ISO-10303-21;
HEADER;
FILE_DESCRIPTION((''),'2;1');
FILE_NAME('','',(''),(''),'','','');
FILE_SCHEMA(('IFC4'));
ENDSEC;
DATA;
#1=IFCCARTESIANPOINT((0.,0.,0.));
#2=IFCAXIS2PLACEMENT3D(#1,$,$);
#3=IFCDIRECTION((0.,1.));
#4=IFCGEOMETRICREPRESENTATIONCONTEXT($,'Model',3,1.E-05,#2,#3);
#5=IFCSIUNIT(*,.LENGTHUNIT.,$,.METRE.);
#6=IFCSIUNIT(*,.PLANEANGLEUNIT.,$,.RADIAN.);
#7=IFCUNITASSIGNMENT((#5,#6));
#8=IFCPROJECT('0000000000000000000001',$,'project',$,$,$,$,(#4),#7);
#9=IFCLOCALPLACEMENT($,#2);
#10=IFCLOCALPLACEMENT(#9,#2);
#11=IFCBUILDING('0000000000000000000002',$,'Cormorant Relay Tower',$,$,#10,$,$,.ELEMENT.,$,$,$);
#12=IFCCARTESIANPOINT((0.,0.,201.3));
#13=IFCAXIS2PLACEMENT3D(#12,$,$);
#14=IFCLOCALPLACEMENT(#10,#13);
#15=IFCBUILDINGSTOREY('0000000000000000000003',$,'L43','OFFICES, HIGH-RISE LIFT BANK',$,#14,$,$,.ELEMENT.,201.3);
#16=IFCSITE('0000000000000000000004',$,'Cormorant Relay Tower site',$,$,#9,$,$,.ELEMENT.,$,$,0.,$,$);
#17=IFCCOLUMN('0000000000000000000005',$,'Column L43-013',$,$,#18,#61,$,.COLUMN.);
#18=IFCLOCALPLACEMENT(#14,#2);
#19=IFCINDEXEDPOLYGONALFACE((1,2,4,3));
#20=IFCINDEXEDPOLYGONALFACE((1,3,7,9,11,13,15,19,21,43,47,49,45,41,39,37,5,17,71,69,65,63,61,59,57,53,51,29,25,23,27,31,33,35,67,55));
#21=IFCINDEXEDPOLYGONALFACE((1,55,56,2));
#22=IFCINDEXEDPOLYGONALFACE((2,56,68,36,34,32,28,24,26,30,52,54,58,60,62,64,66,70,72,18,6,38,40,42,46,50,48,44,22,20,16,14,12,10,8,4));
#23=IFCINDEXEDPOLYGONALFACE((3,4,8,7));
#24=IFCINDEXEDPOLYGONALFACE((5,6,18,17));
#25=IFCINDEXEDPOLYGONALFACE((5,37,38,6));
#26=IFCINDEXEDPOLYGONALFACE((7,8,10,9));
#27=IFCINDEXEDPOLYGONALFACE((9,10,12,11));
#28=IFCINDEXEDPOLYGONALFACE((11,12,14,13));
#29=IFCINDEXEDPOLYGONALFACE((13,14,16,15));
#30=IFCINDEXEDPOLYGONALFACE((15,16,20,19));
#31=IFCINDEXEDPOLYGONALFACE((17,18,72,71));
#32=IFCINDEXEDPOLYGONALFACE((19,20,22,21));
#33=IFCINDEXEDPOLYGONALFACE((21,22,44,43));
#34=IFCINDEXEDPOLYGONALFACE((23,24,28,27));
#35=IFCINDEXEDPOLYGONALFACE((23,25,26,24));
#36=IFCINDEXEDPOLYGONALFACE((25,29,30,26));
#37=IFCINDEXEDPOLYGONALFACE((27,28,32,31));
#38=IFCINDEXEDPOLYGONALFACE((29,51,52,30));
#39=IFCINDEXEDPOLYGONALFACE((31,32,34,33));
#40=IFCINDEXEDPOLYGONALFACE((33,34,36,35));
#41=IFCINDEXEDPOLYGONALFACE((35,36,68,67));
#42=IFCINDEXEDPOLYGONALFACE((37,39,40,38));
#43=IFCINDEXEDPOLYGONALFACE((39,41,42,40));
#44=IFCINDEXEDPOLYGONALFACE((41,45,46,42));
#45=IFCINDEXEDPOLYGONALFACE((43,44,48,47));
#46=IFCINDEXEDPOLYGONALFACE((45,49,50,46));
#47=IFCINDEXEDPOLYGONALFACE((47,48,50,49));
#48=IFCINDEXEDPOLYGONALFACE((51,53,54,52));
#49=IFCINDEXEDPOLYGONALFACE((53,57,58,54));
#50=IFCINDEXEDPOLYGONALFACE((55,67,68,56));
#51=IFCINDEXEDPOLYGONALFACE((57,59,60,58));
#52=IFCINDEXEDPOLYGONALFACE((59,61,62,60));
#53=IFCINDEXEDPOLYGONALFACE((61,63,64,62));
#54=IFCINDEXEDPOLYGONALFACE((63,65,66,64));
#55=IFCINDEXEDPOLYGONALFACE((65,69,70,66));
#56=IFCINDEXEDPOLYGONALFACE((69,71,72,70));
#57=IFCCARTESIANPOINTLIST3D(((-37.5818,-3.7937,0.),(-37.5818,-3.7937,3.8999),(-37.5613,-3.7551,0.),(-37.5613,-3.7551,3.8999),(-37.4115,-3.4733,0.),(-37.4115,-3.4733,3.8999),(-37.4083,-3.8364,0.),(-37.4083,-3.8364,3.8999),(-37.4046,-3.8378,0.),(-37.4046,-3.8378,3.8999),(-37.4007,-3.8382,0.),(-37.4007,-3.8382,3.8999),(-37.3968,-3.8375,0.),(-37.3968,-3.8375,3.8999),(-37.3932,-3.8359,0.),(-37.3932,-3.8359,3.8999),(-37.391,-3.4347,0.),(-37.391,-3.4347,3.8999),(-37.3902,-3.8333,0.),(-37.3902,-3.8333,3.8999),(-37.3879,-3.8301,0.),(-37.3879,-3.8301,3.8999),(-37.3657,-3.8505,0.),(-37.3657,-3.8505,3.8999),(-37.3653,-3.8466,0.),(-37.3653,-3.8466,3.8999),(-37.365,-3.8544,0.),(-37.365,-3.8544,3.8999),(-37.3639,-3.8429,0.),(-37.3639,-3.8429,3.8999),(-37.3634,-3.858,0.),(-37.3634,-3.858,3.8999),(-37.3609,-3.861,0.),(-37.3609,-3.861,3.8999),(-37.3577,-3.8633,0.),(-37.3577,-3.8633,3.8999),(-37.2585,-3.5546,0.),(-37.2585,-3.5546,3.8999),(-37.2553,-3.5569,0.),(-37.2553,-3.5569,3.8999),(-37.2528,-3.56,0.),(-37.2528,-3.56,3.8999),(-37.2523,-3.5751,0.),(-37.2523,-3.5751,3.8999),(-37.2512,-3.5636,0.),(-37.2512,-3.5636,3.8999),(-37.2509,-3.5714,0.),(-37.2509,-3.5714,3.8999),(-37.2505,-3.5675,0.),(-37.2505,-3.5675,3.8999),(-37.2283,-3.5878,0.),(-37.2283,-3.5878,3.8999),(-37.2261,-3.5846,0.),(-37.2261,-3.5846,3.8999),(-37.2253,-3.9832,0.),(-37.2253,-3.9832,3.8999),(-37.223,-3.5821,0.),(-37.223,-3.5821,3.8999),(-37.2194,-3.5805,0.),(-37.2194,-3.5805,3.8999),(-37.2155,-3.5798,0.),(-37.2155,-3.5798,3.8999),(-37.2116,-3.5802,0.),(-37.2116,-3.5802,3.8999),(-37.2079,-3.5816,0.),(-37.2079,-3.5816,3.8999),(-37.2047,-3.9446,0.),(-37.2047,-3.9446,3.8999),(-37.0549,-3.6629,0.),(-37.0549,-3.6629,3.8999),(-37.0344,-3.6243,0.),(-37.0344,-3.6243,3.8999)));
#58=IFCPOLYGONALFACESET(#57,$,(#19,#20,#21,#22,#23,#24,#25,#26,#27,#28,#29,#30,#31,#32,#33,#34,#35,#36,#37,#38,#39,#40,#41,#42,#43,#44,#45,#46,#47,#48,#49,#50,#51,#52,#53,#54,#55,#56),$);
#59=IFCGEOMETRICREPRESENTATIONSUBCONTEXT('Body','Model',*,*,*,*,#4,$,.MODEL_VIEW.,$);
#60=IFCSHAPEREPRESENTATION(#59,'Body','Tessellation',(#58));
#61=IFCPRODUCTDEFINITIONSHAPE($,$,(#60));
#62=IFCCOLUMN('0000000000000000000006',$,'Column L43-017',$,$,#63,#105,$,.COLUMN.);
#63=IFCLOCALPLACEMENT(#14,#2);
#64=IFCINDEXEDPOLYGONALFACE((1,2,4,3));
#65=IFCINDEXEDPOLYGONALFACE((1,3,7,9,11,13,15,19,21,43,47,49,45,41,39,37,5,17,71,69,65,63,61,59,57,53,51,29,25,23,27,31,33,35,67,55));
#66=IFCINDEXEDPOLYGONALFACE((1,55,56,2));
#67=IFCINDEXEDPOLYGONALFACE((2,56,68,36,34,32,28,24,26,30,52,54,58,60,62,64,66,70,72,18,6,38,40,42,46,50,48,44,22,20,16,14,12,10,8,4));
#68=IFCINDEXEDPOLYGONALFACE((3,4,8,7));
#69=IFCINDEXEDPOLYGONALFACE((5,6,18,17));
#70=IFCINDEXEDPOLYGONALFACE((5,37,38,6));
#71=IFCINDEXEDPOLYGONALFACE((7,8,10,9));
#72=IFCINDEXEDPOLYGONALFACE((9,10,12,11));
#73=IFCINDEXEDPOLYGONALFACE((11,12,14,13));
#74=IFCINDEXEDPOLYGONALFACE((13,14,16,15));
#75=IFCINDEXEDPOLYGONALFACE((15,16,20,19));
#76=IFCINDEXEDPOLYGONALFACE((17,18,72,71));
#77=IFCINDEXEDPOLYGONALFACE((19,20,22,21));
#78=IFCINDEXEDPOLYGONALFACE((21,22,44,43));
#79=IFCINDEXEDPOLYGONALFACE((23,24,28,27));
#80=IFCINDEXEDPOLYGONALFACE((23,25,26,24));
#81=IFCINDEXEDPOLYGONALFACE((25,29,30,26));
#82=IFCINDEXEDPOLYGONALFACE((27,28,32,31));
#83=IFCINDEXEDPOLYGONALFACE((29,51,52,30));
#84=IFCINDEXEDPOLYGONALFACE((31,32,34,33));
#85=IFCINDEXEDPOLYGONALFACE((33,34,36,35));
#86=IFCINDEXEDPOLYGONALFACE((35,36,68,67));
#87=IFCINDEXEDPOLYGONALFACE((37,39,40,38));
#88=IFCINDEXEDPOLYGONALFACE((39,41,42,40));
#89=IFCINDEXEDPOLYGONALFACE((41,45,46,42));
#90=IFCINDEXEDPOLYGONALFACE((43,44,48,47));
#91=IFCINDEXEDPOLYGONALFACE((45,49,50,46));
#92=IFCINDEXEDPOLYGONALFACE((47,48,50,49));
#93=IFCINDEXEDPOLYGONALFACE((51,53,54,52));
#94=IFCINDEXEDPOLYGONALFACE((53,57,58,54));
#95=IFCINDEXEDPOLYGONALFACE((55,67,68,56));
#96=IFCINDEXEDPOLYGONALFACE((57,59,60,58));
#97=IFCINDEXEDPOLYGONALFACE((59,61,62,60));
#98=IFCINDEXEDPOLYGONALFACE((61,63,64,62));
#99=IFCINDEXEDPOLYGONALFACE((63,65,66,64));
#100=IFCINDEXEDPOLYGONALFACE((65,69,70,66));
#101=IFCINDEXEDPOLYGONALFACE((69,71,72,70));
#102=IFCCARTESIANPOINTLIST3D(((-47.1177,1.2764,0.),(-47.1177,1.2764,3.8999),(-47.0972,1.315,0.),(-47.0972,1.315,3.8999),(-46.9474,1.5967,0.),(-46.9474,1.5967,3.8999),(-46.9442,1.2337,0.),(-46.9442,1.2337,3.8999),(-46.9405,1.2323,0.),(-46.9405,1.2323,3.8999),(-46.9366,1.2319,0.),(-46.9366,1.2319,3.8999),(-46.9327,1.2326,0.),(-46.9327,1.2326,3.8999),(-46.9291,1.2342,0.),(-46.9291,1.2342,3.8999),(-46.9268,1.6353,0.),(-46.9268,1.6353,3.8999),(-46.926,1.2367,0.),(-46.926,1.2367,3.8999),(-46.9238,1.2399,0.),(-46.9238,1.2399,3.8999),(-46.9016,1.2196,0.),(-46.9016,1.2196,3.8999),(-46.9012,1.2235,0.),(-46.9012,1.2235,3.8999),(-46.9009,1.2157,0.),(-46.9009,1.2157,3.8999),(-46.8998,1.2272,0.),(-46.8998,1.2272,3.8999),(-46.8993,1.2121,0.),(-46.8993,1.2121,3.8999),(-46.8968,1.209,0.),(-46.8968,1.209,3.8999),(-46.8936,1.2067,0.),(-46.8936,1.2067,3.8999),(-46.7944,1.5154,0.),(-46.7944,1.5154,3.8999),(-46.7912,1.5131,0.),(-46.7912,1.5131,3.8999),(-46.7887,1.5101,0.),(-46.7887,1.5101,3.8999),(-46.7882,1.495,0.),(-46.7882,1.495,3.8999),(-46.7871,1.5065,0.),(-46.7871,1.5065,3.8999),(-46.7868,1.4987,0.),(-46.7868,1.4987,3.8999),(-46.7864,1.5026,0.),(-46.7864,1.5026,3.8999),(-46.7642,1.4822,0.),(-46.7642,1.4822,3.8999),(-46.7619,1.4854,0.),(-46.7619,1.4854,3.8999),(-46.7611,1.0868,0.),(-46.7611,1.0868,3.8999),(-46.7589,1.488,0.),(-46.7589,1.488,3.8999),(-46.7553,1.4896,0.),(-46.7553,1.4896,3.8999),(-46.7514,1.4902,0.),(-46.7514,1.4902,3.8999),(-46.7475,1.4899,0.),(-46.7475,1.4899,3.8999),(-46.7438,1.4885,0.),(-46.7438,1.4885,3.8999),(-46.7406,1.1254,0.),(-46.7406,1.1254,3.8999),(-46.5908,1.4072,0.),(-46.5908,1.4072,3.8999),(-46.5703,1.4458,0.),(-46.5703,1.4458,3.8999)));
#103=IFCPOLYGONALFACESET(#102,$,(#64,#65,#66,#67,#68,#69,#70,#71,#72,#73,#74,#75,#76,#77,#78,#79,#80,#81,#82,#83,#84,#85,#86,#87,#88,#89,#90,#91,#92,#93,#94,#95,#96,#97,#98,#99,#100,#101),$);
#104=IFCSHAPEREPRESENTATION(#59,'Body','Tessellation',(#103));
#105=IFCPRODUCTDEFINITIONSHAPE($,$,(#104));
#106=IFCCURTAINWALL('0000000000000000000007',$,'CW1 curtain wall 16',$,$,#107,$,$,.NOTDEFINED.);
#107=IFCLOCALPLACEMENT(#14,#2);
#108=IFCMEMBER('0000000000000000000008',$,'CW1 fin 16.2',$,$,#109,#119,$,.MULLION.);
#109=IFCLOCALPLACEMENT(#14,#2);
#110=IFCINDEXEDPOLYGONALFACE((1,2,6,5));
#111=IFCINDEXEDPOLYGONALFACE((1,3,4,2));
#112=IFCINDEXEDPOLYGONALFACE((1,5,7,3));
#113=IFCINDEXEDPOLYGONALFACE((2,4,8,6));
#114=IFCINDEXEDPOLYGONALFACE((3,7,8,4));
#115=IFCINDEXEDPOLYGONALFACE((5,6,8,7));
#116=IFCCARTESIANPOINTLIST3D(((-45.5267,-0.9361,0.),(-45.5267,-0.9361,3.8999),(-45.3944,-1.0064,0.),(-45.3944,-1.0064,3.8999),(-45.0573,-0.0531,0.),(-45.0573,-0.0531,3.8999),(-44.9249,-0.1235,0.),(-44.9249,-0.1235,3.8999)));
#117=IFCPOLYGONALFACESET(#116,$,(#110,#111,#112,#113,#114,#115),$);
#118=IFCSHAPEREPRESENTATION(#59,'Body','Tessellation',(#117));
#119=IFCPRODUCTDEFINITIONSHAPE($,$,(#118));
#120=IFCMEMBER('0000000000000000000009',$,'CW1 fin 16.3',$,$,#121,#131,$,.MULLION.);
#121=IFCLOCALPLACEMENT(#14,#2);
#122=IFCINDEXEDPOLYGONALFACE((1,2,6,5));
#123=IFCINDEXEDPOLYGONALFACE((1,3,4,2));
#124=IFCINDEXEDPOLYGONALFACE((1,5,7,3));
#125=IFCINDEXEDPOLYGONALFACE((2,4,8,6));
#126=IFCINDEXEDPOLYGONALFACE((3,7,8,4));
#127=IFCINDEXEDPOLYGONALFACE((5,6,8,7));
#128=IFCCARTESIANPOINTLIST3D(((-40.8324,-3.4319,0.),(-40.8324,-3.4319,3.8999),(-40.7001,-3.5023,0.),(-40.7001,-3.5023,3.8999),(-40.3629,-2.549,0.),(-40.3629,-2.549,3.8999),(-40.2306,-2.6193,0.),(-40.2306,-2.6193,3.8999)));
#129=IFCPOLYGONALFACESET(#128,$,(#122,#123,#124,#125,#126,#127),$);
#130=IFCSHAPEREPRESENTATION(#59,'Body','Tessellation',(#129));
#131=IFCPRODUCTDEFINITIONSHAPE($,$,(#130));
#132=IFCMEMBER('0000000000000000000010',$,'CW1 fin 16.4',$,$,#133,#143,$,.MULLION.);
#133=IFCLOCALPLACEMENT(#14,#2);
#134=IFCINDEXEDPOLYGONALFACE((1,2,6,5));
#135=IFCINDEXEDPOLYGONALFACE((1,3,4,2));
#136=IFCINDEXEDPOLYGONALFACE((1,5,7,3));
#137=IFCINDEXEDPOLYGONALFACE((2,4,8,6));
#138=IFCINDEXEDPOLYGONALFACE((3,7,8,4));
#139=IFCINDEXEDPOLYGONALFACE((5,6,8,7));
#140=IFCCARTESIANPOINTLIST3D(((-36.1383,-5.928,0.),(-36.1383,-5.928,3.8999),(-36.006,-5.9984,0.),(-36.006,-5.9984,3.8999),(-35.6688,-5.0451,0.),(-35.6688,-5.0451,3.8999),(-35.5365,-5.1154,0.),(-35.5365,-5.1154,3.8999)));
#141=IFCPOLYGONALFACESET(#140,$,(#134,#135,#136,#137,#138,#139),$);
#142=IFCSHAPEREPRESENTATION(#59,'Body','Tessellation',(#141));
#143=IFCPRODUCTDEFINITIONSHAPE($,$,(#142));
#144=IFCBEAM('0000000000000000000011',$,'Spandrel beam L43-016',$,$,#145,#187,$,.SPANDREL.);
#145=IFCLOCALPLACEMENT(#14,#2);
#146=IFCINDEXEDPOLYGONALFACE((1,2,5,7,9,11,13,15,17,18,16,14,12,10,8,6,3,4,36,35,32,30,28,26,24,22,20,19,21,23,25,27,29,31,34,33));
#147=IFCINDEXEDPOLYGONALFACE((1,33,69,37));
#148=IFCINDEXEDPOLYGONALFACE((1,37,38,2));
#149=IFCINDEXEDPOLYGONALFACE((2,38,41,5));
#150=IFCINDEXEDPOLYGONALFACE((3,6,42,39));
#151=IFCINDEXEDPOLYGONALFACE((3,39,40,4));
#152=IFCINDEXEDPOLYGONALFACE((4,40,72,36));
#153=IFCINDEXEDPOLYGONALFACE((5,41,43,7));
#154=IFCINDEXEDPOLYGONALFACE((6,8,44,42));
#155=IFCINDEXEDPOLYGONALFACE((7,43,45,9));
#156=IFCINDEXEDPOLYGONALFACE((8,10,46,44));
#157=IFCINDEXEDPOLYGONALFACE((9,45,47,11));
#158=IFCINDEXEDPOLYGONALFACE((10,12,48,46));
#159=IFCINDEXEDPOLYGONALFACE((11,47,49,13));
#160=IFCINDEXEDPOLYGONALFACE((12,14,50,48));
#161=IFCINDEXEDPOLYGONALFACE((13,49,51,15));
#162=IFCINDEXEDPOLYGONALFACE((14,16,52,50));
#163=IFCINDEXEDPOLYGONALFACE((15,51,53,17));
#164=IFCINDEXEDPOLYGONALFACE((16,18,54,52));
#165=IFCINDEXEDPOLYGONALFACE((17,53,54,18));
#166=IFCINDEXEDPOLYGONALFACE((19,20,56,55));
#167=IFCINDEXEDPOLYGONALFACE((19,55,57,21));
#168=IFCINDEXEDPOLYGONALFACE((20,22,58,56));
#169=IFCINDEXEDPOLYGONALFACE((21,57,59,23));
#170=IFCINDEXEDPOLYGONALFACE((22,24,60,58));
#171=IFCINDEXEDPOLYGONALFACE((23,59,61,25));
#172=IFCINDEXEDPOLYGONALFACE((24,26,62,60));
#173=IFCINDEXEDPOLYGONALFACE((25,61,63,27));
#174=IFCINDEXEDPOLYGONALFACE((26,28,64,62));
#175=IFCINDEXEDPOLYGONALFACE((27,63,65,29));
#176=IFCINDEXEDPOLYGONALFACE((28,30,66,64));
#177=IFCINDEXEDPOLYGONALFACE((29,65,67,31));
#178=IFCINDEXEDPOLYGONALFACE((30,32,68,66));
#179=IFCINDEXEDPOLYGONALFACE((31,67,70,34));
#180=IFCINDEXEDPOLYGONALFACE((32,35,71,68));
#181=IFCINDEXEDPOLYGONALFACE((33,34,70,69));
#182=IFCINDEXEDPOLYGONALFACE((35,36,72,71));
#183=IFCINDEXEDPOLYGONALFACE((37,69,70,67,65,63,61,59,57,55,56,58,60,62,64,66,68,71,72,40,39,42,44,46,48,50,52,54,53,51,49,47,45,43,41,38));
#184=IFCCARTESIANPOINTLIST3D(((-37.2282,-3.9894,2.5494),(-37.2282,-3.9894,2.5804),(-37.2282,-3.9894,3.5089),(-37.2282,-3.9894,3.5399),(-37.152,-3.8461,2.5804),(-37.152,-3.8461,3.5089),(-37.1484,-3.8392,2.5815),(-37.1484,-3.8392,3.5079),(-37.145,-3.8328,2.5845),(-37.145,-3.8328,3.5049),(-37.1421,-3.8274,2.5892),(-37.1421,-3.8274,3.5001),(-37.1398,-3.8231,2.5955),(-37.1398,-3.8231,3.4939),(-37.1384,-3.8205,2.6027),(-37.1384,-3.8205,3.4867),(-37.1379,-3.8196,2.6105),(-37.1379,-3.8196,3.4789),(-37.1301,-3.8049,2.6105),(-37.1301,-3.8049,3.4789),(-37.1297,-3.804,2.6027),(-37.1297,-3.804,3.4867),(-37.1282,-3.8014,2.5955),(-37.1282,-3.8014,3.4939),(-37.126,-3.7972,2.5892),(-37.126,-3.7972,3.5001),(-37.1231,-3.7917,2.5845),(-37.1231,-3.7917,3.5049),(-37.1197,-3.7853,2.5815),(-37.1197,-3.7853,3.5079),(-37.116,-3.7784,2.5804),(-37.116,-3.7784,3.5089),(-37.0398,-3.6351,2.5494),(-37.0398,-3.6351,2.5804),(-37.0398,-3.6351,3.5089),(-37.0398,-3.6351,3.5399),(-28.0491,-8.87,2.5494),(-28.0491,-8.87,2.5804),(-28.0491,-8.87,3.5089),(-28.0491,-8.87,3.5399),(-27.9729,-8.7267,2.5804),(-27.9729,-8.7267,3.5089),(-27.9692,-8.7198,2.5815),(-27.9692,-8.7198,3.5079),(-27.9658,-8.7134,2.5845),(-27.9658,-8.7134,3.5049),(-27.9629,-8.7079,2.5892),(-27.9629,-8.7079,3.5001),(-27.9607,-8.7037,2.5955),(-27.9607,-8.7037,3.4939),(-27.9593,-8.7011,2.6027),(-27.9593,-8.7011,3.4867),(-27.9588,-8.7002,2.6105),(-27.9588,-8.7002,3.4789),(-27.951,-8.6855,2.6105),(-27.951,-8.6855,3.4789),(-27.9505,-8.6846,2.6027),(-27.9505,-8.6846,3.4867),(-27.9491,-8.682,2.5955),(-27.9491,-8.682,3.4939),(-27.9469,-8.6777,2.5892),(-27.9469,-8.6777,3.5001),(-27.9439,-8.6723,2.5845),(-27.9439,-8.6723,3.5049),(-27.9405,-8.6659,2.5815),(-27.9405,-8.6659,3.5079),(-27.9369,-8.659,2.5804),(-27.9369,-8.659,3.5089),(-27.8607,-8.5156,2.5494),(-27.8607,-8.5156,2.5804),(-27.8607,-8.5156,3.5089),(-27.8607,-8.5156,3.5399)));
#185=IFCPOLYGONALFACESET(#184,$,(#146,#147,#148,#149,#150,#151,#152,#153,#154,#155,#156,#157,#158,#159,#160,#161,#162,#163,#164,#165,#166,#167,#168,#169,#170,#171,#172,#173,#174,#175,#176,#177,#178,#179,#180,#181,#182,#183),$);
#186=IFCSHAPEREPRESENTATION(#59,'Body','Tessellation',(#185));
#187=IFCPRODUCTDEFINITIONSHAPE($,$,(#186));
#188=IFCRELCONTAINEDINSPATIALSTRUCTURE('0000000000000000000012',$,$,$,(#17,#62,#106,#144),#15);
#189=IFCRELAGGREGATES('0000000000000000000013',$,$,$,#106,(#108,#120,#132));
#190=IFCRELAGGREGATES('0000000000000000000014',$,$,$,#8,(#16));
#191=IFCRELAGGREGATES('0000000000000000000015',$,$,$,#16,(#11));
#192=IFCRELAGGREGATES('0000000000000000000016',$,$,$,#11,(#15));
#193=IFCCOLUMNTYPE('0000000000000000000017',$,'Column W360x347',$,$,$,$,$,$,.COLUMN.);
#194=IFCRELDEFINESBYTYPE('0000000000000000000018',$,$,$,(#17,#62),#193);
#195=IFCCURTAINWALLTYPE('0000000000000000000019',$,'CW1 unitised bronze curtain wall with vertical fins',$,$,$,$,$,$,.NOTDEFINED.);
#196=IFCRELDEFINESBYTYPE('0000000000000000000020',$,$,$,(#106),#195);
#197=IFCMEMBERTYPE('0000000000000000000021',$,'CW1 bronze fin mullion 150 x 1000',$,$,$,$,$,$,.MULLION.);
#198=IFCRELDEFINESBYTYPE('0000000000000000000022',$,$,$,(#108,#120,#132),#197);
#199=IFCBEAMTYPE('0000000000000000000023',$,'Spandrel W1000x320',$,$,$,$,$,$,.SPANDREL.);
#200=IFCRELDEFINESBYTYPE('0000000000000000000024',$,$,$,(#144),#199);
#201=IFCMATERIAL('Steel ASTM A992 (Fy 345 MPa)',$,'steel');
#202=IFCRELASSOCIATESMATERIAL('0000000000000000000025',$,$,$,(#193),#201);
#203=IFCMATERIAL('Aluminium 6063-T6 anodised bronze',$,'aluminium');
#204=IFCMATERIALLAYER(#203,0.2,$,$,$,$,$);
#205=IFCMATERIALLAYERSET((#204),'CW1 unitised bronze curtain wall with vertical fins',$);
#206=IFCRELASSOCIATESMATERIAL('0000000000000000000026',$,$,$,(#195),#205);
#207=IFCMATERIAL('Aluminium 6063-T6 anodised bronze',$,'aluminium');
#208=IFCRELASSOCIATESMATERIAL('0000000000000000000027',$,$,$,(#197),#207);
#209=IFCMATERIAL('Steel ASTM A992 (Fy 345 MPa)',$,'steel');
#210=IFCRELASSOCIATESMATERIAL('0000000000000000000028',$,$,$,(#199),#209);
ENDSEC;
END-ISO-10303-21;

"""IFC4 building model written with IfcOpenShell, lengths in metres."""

from ifc_helpers import new_model, si_unit, direction, frame, origin, origin_2d, place, context, subcontext, project, spatial, rectangle, i_section, extrude, material, layer, layer_set, material_profile, profile_set, type_object, element, aggregate, save


model = new_model("IFC4")

# Units and contexts
model_context = context("Model", 3, precision=1e-05, world=origin(), true_north=direction((0.0, 1.0)))
body_context = subcontext(model_context, "Body", "Model", "MODEL_VIEW")
ifc_project = project(units=[si_unit("LENGTHUNIT", "METRE"), si_unit("PLANEANGLEUNIT", "RADIAN")], contexts=[model_context])

# Site, building, storey
site_placement = place(None, origin())
site = spatial("IfcSite", under=ifc_project, at=site_placement, Name="Cormorant Relay Tower site", CompositionType="ELEMENT", RefElevation=0.0)
building_placement = place(site_placement, origin())
building = spatial("IfcBuilding", under=site, at=building_placement, Name="Cormorant Relay Tower", CompositionType="ELEMENT")
storey_placement = place(building_placement, frame((0.0, 0.0, 201.3)))
storey = spatial("IfcBuildingStorey", under=building, at=storey_placement, Name="L43", Description="OFFICES, HIGH-RISE LIFT BANK", CompositionType="ELEMENT", Elevation=201.3)

# Columns
ifc_material_1 = material(Name="Steel ASTM A992 (Fy 345 MPa)", Category="steel")
ifc_material_profile_1 = material_profile(ifc_material_1, i_section(OverallWidth=0.4038, OverallDepth=0.4065, WebThickness=0.0271, FlangeThickness=0.0437, FilletRadius=0.0151, at=origin_2d()), Name="W360x347")
ifc_profile_set_1 = profile_set([ifc_material_profile_1], Name="Steel ASTM A992 (Fy 345 MPa)")
column_type = type_object("IfcColumnType", Name="Column W360x347", PredefinedType="COLUMN", material=ifc_profile_set_1)
for number, where, z_axis, x_axis, name in (
    (1, (-37.3081, -3.709, 0.0), (0.0, 0.0, 1.0), (0.882948, -0.469472, 0.0), "Column L43-013"),
    (2, (-46.844, 1.3611, 0.0), (0.0, 0.0, 1.0), (0.882948, -0.469472, 0.0), "Column L43-017"),
):
    element("IfcColumn", number, at=place(storey_placement, frame(where, z_axis=z_axis, x_axis=x_axis)), inside=storey, type_object=column_type, Name=name, PredefinedType="COLUMN", context=body_context, shape_type="SweptSolid", body=[
        extrude(i_section(OverallWidth=0.4038, OverallDepth=0.4065, WebThickness=0.0271, FlangeThickness=0.0437, FilletRadius=0.0151, at=origin_2d()), origin(), (0.0, 0.0, 1.0), 3.8999),
    ])

# Curtain wall, members
ifc_material_2 = material(Name="Aluminium 6063-T6 anodised bronze", Category="aluminium")
ifc_layer_1 = layer(ifc_material_2, 0.2)
ifc_layer_set_1 = layer_set([ifc_layer_1], Name="CW1 unitised bronze curtain wall with vertical fins")
curtain_wall_type = type_object("IfcCurtainWallType", Name="CW1 unitised bronze curtain wall with vertical fins", PredefinedType="NOTDEFINED", material=ifc_layer_set_1)
curtain_wall_placement = place(storey_placement, origin())
curtain_wall = element("IfcCurtainWall", 3, at=curtain_wall_placement, inside=storey, type_object=curtain_wall_type, Name="CW1 curtain wall 16", PredefinedType="NOTDEFINED")
ifc_material_3 = material(Name="Aluminium 6063-T6 anodised bronze", Category="aluminium")
ifc_material_profile_2 = material_profile(ifc_material_3, rectangle(XDim=0.1499, YDim=1.0, at=origin_2d()), Name="AL 150x1000")
ifc_profile_set_2 = profile_set([ifc_material_profile_2], Name="Aluminium 6063-T6 anodised bronze")
member_type = type_object("IfcMemberType", Name="CW1 bronze fin mullion 150 x 1000", PredefinedType="MULLION", material=ifc_profile_set_2)
member_1_placement = place(storey_placement, frame((-45.2258, -0.5298, 0.0), z_axis=(0.0, 0.0, 1.0), x_axis=(0.882948, -0.469472, 0.0)))
member_1 = element("IfcMember", 4, at=member_1_placement, type_object=member_type, Name="CW1 fin 16.2", PredefinedType="MULLION", context=body_context, shape_type="SweptSolid", body=[
    extrude(rectangle(XDim=0.1499, YDim=1.0, at=origin_2d()), origin(), (0.0, 0.0, 1.0), 3.8999),
])
member_2_placement = place(storey_placement, frame((-40.5315, -3.0256, 0.0), z_axis=(0.0, 0.0, 1.0), x_axis=(0.882948, -0.469472, 0.0)))
member_2 = element("IfcMember", 5, at=member_2_placement, type_object=member_type, Name="CW1 fin 16.3", PredefinedType="MULLION", context=body_context, shape_type="SweptSolid", body=[
    extrude(rectangle(XDim=0.1499, YDim=1.0, at=origin_2d()), origin(), (0.0, 0.0, 1.0), 3.8999),
])
member_3_placement = place(storey_placement, frame((-35.8374, -5.5217, 0.0), z_axis=(0.0, 0.0, 1.0), x_axis=(0.882948, -0.469472, 0.0)))
member_3 = element("IfcMember", 6, at=member_3_placement, type_object=member_type, Name="CW1 fin 16.4", PredefinedType="MULLION", context=body_context, shape_type="SweptSolid", body=[
    extrude(rectangle(XDim=0.1499, YDim=1.0, at=origin_2d()), origin(), (0.0, 0.0, 1.0), 3.8999),
])

# Beam
ifc_material_4 = material(Name="Steel ASTM A992 (Fy 345 MPa)", Category="steel")
ifc_material_profile_3 = material_profile(ifc_material_4, i_section(OverallWidth=0.4014, OverallDepth=0.9905, WebThickness=0.0166, FlangeThickness=0.031, FilletRadius=0.03, at=origin_2d()), Name="W1000x320")
ifc_profile_set_3 = profile_set([ifc_material_profile_3], Name="Steel ASTM A992 (Fy 345 MPa)")
beam_type_1 = type_object("IfcBeamType", Name="Spandrel W1000x320", PredefinedType="SPANDREL", material=ifc_profile_set_3)
beam_1_placement = place(storey_placement, frame((-37.134, -3.8123, 3.0447), z_axis=(0.88295, -0.469468, 0.0), x_axis=(0.469468, 0.88295, 0.0)))
element("IfcBeam", 7, at=beam_1_placement, inside=storey, type_object=beam_type_1, Name="Spandrel beam L43-016", PredefinedType="SPANDREL", context=body_context, shape_type="SweptSolid", body=[
    extrude(i_section(OverallWidth=0.4014, OverallDepth=0.9905, WebThickness=0.0166, FlangeThickness=0.031, FilletRadius=0.03, at=origin_2d()), origin(), (0.0, 0.0, 1.0), 10.396),
])

aggregate(curtain_wall, [member_1, member_2, member_3])

save(model, "model.ifc")
